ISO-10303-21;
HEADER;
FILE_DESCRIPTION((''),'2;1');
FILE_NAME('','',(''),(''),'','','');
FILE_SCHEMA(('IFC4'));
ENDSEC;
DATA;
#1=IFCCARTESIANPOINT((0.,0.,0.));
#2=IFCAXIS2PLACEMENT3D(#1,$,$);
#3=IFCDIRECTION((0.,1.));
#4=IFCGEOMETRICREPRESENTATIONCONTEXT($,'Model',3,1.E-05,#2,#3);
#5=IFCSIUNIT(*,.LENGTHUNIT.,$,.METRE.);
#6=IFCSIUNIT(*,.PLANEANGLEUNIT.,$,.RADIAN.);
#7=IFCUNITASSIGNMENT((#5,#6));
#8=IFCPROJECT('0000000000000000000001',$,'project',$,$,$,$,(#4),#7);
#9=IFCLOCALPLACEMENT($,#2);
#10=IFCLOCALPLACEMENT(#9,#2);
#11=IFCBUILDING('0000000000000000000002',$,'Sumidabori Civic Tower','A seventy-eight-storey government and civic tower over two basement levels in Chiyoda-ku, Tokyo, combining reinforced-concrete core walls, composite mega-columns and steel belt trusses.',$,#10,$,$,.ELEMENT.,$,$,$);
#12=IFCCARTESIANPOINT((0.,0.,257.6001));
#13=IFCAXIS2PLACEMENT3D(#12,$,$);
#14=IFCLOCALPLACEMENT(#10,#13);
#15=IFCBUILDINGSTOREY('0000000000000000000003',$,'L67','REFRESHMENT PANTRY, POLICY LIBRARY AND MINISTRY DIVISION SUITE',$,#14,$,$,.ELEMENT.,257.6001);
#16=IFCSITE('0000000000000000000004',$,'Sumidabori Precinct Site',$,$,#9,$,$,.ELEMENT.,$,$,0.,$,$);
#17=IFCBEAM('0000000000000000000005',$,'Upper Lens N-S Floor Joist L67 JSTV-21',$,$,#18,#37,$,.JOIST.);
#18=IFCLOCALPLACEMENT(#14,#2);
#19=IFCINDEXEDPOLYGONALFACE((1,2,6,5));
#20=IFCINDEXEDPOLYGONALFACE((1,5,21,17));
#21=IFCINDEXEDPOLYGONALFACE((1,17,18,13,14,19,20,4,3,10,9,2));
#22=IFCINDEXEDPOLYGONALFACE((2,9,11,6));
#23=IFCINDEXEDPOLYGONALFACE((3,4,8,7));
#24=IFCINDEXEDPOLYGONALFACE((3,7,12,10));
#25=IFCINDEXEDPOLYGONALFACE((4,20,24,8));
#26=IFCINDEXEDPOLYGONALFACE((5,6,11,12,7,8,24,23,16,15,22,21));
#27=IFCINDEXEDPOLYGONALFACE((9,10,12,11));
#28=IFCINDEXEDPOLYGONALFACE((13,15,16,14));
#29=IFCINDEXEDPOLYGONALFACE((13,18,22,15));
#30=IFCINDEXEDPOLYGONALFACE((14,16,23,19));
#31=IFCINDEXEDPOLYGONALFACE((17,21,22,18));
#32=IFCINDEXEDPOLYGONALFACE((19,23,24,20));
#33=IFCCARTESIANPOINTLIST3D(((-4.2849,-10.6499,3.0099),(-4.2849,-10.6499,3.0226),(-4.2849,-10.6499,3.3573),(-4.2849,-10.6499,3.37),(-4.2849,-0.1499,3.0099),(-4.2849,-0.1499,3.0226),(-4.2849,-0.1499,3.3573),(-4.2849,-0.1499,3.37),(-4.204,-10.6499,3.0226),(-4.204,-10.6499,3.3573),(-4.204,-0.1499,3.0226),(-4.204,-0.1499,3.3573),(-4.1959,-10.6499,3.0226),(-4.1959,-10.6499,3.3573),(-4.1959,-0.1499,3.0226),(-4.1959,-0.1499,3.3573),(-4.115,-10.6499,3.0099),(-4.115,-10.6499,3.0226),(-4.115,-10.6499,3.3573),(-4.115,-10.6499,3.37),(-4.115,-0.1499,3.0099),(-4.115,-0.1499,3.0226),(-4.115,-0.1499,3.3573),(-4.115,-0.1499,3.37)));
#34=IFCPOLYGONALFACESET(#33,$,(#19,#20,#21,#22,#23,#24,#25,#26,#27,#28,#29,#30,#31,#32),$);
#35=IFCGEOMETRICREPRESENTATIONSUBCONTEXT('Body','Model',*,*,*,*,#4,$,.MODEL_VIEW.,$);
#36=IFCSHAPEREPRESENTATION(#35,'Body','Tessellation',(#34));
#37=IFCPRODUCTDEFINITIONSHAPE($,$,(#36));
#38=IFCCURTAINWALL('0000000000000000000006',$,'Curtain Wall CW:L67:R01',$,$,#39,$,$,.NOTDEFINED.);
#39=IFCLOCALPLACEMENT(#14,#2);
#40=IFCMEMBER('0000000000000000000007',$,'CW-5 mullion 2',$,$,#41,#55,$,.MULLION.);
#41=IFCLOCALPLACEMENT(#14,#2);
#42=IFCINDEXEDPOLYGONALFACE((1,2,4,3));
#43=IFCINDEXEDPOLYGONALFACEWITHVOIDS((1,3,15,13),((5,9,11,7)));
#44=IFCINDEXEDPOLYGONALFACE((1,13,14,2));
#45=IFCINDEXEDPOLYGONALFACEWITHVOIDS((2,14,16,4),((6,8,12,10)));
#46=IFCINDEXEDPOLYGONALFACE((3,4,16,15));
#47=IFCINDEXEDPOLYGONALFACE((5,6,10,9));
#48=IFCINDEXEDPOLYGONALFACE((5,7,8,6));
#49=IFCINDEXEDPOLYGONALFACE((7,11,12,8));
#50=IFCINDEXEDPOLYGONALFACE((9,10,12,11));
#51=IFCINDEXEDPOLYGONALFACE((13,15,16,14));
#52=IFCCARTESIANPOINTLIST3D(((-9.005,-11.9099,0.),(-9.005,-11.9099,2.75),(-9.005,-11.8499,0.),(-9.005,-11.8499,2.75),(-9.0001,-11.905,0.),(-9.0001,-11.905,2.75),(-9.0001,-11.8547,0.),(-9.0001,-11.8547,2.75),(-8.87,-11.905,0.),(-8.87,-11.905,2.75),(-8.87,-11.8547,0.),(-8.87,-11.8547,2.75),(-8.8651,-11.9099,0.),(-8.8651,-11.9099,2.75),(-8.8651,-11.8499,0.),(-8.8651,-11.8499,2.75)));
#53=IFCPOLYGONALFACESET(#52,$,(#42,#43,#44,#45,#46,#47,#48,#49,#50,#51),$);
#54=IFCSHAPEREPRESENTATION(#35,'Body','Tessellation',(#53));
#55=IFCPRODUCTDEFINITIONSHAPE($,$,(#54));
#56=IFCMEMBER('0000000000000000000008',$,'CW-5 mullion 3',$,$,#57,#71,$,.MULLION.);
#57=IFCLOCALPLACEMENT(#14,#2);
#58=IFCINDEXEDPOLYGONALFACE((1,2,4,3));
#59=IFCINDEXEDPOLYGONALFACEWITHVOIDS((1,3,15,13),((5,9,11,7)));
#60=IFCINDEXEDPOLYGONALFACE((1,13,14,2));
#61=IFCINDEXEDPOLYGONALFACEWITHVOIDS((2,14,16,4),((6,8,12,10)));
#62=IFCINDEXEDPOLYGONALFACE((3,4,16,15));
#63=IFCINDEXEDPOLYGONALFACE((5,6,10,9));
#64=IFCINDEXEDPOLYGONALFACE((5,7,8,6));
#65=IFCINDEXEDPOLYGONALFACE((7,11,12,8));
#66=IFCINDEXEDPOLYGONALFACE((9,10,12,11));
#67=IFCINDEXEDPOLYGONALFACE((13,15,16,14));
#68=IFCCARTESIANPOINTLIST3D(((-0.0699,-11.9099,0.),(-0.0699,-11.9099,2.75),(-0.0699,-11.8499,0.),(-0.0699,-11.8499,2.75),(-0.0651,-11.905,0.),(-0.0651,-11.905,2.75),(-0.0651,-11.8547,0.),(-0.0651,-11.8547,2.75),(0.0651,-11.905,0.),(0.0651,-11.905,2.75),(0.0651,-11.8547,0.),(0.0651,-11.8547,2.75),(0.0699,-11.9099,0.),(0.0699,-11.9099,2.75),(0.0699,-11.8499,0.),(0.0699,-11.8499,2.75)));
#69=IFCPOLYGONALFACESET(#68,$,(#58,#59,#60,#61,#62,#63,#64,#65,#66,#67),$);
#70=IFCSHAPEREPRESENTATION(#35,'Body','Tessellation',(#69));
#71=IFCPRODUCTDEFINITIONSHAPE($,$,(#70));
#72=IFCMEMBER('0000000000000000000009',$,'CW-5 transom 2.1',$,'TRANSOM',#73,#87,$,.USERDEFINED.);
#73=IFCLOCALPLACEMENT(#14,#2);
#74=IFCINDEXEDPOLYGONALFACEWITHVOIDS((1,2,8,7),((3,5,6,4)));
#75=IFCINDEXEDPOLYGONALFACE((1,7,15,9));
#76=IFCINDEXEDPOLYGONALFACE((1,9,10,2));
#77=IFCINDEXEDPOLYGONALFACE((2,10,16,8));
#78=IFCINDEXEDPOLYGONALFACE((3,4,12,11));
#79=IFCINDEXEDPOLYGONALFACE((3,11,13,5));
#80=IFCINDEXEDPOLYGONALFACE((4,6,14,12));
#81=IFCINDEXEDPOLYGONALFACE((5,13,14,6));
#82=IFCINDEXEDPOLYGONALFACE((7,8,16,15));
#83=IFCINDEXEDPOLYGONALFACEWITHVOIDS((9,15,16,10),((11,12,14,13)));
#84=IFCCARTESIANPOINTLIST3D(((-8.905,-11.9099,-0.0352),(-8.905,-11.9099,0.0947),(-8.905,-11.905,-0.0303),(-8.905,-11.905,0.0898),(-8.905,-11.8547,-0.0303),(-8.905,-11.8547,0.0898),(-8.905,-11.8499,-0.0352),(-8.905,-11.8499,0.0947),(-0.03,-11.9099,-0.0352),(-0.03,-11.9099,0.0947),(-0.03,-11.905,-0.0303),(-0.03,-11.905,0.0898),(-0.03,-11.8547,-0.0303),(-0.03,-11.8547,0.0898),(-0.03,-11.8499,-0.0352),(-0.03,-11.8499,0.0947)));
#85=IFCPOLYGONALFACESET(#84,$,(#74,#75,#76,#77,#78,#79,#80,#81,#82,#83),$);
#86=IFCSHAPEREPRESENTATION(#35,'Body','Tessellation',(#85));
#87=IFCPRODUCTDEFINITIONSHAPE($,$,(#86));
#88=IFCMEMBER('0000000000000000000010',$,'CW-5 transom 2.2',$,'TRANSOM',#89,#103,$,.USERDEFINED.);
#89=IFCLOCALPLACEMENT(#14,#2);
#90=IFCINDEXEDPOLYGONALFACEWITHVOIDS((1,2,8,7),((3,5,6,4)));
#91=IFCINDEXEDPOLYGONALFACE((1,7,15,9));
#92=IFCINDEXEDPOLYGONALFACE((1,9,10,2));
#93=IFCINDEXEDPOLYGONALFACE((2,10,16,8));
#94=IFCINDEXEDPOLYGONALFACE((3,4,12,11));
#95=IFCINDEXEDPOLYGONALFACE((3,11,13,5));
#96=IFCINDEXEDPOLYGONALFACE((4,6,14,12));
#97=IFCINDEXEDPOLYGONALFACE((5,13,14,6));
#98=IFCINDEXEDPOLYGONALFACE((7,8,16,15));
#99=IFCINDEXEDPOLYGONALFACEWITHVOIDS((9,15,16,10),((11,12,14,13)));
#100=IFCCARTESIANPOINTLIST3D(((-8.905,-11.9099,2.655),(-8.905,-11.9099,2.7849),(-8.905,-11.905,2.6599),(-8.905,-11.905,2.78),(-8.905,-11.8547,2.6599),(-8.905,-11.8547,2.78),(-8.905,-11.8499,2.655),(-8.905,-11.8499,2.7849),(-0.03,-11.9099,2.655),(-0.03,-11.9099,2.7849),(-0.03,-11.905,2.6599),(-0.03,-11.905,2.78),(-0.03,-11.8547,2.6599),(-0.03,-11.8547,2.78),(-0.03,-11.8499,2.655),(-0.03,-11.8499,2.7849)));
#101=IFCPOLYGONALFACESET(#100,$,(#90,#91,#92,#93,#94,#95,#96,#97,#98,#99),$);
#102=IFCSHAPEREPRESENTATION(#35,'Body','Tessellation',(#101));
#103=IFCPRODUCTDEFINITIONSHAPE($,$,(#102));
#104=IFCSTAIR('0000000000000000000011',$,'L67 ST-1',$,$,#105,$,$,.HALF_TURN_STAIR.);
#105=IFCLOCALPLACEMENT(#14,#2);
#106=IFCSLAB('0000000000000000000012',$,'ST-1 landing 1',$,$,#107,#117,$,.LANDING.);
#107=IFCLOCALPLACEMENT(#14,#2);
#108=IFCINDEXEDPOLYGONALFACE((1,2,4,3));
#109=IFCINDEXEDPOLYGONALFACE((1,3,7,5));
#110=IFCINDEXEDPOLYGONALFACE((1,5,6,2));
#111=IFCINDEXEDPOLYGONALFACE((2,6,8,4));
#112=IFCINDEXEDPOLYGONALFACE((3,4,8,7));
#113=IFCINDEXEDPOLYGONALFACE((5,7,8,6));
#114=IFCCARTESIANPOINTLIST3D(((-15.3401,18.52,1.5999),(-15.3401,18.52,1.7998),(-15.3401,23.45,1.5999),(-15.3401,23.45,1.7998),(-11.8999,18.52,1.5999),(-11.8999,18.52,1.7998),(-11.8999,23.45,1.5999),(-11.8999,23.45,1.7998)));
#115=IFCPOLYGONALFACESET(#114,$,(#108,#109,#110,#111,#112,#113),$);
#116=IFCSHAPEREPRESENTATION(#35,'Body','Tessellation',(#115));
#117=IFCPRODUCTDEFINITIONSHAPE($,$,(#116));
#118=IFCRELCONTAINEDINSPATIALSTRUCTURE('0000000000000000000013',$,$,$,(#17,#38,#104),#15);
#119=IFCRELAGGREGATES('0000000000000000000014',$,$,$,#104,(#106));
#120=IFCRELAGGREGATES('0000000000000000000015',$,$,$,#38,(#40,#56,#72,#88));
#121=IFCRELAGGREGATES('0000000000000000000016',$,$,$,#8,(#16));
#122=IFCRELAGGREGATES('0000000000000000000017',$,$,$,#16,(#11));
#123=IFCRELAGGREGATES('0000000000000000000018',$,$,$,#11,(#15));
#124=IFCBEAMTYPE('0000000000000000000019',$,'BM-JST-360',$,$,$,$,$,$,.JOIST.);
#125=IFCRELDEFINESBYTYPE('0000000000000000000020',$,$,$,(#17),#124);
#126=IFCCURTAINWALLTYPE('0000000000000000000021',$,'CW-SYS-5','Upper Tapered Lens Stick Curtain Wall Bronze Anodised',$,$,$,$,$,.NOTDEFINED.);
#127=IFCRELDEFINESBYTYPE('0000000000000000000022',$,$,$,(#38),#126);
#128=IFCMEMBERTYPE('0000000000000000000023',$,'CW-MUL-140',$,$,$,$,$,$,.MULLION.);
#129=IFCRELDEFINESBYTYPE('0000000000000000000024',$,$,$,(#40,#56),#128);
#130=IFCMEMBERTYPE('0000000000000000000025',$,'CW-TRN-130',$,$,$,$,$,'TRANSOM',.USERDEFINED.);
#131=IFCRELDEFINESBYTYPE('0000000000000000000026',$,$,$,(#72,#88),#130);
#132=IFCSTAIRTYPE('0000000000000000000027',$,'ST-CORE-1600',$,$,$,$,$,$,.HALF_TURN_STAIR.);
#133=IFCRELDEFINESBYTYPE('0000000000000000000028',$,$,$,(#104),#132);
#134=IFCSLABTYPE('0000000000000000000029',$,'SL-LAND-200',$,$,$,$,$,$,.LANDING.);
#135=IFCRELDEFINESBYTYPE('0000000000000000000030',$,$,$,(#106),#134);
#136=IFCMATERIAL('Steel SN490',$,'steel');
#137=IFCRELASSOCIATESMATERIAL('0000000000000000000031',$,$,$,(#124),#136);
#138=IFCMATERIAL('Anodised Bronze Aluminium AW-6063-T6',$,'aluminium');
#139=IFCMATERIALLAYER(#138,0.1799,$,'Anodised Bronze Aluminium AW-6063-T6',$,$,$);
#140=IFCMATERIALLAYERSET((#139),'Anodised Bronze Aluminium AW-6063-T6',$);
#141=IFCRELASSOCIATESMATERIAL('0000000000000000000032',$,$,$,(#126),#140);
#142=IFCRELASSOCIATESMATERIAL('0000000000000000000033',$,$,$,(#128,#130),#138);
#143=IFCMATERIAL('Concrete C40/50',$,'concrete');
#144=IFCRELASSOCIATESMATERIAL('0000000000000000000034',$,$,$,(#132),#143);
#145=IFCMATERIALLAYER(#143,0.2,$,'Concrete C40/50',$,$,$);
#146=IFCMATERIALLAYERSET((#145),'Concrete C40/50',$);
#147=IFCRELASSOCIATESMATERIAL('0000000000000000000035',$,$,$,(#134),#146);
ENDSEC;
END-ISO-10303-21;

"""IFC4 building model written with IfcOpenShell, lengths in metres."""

from ifc_helpers import new_model, si_unit, direction, frame, origin, origin_2d, place, context, subcontext, project, spatial, polyline, hollow_rectangle, i_section, outline, extrude, source, transform, mapped, material, layer, layer_set, material_profile, profile_set, type_object, element, aggregate, save


model = new_model("IFC4")

# Units and contexts
model_context = context("Model", 3, precision=1e-05, world=origin(), true_north=direction((0.0, 1.0)))
body_context = subcontext(model_context, "Body", "Model", "MODEL_VIEW")
ifc_project = project(units=[si_unit("LENGTHUNIT", "METRE"), si_unit("PLANEANGLEUNIT", "RADIAN")], contexts=[model_context])

# Site, building, storey
site_placement = place(None, origin())
site = spatial("IfcSite", under=ifc_project, at=site_placement, Name="Sumidabori Precinct Site", CompositionType="ELEMENT", RefElevation=0.0)
building_placement = place(site_placement, origin())
building = spatial("IfcBuilding", under=site, at=building_placement, Name="Sumidabori Civic Tower", Description="A seventy-eight-storey government and civic tower over two basement levels in Chiyoda-ku, Tokyo, combining reinforced-concrete core walls, composite mega-columns and steel belt trusses.", CompositionType="ELEMENT")
storey_placement = place(building_placement, frame((0.0, 0.0, 257.6001)))
storey = spatial("IfcBuildingStorey", under=building, at=storey_placement, Name="L67", Description="REFRESHMENT PANTRY, POLICY LIBRARY AND MINISTRY DIVISION SUITE", CompositionType="ELEMENT", Elevation=257.6001)

# Shared definitions
ifc_material_1 = material(Name="Steel SN490", Category="steel")

# Beam
ifc_material_profile_1 = material_profile(ifc_material_1, i_section(OverallWidth=0.1699, OverallDepth=0.3601, WebThickness=0.0081, FlangeThickness=0.0127, at=origin_2d()), Name="IPE 360")
ifc_profile_set_1 = profile_set([ifc_material_profile_1], Name="Steel SN490")
beam_type_1 = type_object("IfcBeamType", Name="BM-JST-360", PredefinedType="JOIST", material=ifc_profile_set_1)
shared_shape_1 = source(origin(), body_context, "Body", "SweptSolid", [
    extrude(i_section(OverallWidth=0.1699, OverallDepth=0.3601, WebThickness=0.0081, FlangeThickness=0.0127, at=origin_2d()), origin(), (0.0, 0.0, 1.0), 10.5),
])
for number, where, z_axis, x_axis, name in (
    (1, (-4.2, -10.6499, 3.1899), (0.0, 1.0, 0.0), (-1.0, 0.0, 0.0), "Upper Lens N-S Floor Joist L67 JSTV-21"),
):
    element("IfcBeam", number, at=place(storey_placement, frame(where, z_axis=z_axis, x_axis=x_axis)), inside=storey, type_object=beam_type_1, Name=name, PredefinedType="JOIST", context=body_context, shape_type="MappedRepresentation", body=[
        mapped(shared_shape_1, transform((0.0, 0.0, 0.0), x_axis=(1.0, 0.0, 0.0), y_axis=(0.0, 1.0, 0.0), z_axis=(0.0, 0.0, 1.0), scale=1.0)),
    ])

# Curtain wall, members
ifc_material_2 = material(Name="Anodised Bronze Aluminium AW-6063-T6", Category="aluminium")
ifc_layer_1 = layer(ifc_material_2, 0.1799, Name="Anodised Bronze Aluminium AW-6063-T6")
ifc_layer_set_1 = layer_set([ifc_layer_1], Name="Anodised Bronze Aluminium AW-6063-T6")
curtain_wall_type = type_object("IfcCurtainWallType", Name="CW-SYS-5", Description="Upper Tapered Lens Stick Curtain Wall Bronze Anodised", PredefinedType="NOTDEFINED", material=ifc_layer_set_1)
curtain_wall_placement = place(storey_placement, origin())
curtain_wall = element("IfcCurtainWall", 2, at=curtain_wall_placement, inside=storey, type_object=curtain_wall_type, Name="Curtain Wall CW:L67:R01", PredefinedType="NOTDEFINED")
ifc_material_profile_2 = material_profile(ifc_material_2, hollow_rectangle(XDim=0.0601, YDim=0.1399, WallThickness=0.0049, at=origin_2d()), Name="ALU MULLION 140x60")
ifc_profile_set_2 = profile_set([ifc_material_profile_2], Name="Anodised Bronze Aluminium AW-6063-T6")
member_type_1 = type_object("IfcMemberType", Name="CW-MUL-140", PredefinedType="MULLION", material=ifc_profile_set_2)
shared_shape_2 = source(origin(), body_context, "Body", "SweptSolid", [
    extrude(hollow_rectangle(XDim=0.0601, YDim=0.1399, WallThickness=0.0049, at=origin_2d()), origin(), (0.0, 0.0, 1.0), 2.75),
])
member_1_placement = place(storey_placement, frame((-8.9351, -11.8799, 0.0), z_axis=(0.0, 0.0, 1.0), x_axis=(0.0, 1.0, 0.0)))
member_1 = element("IfcMember", 3, at=member_1_placement, type_object=member_type_1, Name="CW-5 mullion 2", PredefinedType="MULLION", context=body_context, shape_type="MappedRepresentation", body=[
    mapped(shared_shape_2, transform((0.0, 0.0, 0.0), x_axis=(1.0, 0.0, 0.0), y_axis=(0.0, 1.0, 0.0), z_axis=(0.0, 0.0, 1.0), scale=1.0)),
])
member_2_placement = place(storey_placement, frame((0.0, -11.8799, 0.0), z_axis=(0.0, 0.0, 1.0), x_axis=(0.0, 1.0, 0.0)))
member_2 = element("IfcMember", 4, at=member_2_placement, type_object=member_type_1, Name="CW-5 mullion 3", PredefinedType="MULLION", context=body_context, shape_type="MappedRepresentation", body=[
    mapped(shared_shape_2, transform((0.0, 0.0, 0.0), x_axis=(1.0, 0.0, 0.0), y_axis=(0.0, 1.0, 0.0), z_axis=(0.0, 0.0, 1.0), scale=1.0)),
])
ifc_material_profile_3 = material_profile(ifc_material_2, hollow_rectangle(XDim=0.0601, YDim=0.1299, WallThickness=0.0049, at=origin_2d()), Name="ALU TRANSOM 130x60")
ifc_profile_set_3 = profile_set([ifc_material_profile_3], Name="Anodised Bronze Aluminium AW-6063-T6")
member_type_2 = type_object("IfcMemberType", Name="CW-TRN-130", ElementType="TRANSOM", PredefinedType="USERDEFINED", material=ifc_profile_set_3)
shared_shape_3 = source(origin(), body_context, "Body", "SweptSolid", [
    extrude(hollow_rectangle(XDim=0.0601, YDim=0.1299, WallThickness=0.0049, at=origin_2d()), origin(), (0.0, 0.0, 1.0), 8.875),
])
member_3_placement = place(storey_placement, frame((-8.905, -11.8799, 0.0298), z_axis=(1.0, 0.0, 0.0), x_axis=(0.0, 1.0, 0.0)))
member_3 = element("IfcMember", 5, at=member_3_placement, type_object=member_type_2, Name="CW-5 transom 2.1", ObjectType="TRANSOM", PredefinedType="USERDEFINED", context=body_context, shape_type="MappedRepresentation", body=[
    mapped(shared_shape_3, transform((0.0, 0.0, 0.0), x_axis=(1.0, 0.0, 0.0), y_axis=(0.0, 1.0, 0.0), z_axis=(0.0, 0.0, 1.0), scale=1.0)),
])
member_4_placement = place(storey_placement, frame((-8.905, -11.8799, 2.72), z_axis=(1.0, 0.0, 0.0), x_axis=(0.0, 1.0, 0.0)))
member_4 = element("IfcMember", 6, at=member_4_placement, type_object=member_type_2, Name="CW-5 transom 2.2", ObjectType="TRANSOM", PredefinedType="USERDEFINED", context=body_context, shape_type="MappedRepresentation", body=[
    mapped(shared_shape_3, transform((0.0, 0.0, 0.0), x_axis=(1.0, 0.0, 0.0), y_axis=(0.0, 1.0, 0.0), z_axis=(0.0, 0.0, 1.0), scale=1.0)),
])

# Stair, slab
ifc_material_3 = material(Name="Concrete C40/50", Category="concrete")
stair_type = type_object("IfcStairType", Name="ST-CORE-1600", PredefinedType="HALF_TURN_STAIR", material=ifc_material_3)
stair_placement = place(storey_placement, origin())
stair = element("IfcStair", 7, at=stair_placement, inside=storey, type_object=stair_type, Name="L67 ST-1", PredefinedType="HALF_TURN_STAIR")
ifc_layer_2 = layer(ifc_material_3, 0.2, Name="Concrete C40/50")
ifc_layer_set_2 = layer_set([ifc_layer_2], Name="Concrete C40/50")
slab_type_1 = type_object("IfcSlabType", Name="SL-LAND-200", PredefinedType="LANDING", material=ifc_layer_set_2)
slab_1_placement = place(storey_placement, frame((0.0, 0.0, 1.5999)))
slab_1 = element("IfcSlab", 8, at=slab_1_placement, type_object=slab_type_1, Name="ST-1 landing 1", PredefinedType="LANDING", context=body_context, shape_type="SweptSolid", body=[
    extrude(outline(polyline([(-11.8999, 18.52), (-11.8999, 23.45), (-15.3401, 23.45), (-15.3401, 18.52), (-11.8999, 18.52)])), origin(), (0.0, 0.0, 1.0), 0.2),
])
aggregate(stair, [slab_1])

aggregate(curtain_wall, [member_1, member_2, member_3, member_4])

save(model, "model.ifc")
